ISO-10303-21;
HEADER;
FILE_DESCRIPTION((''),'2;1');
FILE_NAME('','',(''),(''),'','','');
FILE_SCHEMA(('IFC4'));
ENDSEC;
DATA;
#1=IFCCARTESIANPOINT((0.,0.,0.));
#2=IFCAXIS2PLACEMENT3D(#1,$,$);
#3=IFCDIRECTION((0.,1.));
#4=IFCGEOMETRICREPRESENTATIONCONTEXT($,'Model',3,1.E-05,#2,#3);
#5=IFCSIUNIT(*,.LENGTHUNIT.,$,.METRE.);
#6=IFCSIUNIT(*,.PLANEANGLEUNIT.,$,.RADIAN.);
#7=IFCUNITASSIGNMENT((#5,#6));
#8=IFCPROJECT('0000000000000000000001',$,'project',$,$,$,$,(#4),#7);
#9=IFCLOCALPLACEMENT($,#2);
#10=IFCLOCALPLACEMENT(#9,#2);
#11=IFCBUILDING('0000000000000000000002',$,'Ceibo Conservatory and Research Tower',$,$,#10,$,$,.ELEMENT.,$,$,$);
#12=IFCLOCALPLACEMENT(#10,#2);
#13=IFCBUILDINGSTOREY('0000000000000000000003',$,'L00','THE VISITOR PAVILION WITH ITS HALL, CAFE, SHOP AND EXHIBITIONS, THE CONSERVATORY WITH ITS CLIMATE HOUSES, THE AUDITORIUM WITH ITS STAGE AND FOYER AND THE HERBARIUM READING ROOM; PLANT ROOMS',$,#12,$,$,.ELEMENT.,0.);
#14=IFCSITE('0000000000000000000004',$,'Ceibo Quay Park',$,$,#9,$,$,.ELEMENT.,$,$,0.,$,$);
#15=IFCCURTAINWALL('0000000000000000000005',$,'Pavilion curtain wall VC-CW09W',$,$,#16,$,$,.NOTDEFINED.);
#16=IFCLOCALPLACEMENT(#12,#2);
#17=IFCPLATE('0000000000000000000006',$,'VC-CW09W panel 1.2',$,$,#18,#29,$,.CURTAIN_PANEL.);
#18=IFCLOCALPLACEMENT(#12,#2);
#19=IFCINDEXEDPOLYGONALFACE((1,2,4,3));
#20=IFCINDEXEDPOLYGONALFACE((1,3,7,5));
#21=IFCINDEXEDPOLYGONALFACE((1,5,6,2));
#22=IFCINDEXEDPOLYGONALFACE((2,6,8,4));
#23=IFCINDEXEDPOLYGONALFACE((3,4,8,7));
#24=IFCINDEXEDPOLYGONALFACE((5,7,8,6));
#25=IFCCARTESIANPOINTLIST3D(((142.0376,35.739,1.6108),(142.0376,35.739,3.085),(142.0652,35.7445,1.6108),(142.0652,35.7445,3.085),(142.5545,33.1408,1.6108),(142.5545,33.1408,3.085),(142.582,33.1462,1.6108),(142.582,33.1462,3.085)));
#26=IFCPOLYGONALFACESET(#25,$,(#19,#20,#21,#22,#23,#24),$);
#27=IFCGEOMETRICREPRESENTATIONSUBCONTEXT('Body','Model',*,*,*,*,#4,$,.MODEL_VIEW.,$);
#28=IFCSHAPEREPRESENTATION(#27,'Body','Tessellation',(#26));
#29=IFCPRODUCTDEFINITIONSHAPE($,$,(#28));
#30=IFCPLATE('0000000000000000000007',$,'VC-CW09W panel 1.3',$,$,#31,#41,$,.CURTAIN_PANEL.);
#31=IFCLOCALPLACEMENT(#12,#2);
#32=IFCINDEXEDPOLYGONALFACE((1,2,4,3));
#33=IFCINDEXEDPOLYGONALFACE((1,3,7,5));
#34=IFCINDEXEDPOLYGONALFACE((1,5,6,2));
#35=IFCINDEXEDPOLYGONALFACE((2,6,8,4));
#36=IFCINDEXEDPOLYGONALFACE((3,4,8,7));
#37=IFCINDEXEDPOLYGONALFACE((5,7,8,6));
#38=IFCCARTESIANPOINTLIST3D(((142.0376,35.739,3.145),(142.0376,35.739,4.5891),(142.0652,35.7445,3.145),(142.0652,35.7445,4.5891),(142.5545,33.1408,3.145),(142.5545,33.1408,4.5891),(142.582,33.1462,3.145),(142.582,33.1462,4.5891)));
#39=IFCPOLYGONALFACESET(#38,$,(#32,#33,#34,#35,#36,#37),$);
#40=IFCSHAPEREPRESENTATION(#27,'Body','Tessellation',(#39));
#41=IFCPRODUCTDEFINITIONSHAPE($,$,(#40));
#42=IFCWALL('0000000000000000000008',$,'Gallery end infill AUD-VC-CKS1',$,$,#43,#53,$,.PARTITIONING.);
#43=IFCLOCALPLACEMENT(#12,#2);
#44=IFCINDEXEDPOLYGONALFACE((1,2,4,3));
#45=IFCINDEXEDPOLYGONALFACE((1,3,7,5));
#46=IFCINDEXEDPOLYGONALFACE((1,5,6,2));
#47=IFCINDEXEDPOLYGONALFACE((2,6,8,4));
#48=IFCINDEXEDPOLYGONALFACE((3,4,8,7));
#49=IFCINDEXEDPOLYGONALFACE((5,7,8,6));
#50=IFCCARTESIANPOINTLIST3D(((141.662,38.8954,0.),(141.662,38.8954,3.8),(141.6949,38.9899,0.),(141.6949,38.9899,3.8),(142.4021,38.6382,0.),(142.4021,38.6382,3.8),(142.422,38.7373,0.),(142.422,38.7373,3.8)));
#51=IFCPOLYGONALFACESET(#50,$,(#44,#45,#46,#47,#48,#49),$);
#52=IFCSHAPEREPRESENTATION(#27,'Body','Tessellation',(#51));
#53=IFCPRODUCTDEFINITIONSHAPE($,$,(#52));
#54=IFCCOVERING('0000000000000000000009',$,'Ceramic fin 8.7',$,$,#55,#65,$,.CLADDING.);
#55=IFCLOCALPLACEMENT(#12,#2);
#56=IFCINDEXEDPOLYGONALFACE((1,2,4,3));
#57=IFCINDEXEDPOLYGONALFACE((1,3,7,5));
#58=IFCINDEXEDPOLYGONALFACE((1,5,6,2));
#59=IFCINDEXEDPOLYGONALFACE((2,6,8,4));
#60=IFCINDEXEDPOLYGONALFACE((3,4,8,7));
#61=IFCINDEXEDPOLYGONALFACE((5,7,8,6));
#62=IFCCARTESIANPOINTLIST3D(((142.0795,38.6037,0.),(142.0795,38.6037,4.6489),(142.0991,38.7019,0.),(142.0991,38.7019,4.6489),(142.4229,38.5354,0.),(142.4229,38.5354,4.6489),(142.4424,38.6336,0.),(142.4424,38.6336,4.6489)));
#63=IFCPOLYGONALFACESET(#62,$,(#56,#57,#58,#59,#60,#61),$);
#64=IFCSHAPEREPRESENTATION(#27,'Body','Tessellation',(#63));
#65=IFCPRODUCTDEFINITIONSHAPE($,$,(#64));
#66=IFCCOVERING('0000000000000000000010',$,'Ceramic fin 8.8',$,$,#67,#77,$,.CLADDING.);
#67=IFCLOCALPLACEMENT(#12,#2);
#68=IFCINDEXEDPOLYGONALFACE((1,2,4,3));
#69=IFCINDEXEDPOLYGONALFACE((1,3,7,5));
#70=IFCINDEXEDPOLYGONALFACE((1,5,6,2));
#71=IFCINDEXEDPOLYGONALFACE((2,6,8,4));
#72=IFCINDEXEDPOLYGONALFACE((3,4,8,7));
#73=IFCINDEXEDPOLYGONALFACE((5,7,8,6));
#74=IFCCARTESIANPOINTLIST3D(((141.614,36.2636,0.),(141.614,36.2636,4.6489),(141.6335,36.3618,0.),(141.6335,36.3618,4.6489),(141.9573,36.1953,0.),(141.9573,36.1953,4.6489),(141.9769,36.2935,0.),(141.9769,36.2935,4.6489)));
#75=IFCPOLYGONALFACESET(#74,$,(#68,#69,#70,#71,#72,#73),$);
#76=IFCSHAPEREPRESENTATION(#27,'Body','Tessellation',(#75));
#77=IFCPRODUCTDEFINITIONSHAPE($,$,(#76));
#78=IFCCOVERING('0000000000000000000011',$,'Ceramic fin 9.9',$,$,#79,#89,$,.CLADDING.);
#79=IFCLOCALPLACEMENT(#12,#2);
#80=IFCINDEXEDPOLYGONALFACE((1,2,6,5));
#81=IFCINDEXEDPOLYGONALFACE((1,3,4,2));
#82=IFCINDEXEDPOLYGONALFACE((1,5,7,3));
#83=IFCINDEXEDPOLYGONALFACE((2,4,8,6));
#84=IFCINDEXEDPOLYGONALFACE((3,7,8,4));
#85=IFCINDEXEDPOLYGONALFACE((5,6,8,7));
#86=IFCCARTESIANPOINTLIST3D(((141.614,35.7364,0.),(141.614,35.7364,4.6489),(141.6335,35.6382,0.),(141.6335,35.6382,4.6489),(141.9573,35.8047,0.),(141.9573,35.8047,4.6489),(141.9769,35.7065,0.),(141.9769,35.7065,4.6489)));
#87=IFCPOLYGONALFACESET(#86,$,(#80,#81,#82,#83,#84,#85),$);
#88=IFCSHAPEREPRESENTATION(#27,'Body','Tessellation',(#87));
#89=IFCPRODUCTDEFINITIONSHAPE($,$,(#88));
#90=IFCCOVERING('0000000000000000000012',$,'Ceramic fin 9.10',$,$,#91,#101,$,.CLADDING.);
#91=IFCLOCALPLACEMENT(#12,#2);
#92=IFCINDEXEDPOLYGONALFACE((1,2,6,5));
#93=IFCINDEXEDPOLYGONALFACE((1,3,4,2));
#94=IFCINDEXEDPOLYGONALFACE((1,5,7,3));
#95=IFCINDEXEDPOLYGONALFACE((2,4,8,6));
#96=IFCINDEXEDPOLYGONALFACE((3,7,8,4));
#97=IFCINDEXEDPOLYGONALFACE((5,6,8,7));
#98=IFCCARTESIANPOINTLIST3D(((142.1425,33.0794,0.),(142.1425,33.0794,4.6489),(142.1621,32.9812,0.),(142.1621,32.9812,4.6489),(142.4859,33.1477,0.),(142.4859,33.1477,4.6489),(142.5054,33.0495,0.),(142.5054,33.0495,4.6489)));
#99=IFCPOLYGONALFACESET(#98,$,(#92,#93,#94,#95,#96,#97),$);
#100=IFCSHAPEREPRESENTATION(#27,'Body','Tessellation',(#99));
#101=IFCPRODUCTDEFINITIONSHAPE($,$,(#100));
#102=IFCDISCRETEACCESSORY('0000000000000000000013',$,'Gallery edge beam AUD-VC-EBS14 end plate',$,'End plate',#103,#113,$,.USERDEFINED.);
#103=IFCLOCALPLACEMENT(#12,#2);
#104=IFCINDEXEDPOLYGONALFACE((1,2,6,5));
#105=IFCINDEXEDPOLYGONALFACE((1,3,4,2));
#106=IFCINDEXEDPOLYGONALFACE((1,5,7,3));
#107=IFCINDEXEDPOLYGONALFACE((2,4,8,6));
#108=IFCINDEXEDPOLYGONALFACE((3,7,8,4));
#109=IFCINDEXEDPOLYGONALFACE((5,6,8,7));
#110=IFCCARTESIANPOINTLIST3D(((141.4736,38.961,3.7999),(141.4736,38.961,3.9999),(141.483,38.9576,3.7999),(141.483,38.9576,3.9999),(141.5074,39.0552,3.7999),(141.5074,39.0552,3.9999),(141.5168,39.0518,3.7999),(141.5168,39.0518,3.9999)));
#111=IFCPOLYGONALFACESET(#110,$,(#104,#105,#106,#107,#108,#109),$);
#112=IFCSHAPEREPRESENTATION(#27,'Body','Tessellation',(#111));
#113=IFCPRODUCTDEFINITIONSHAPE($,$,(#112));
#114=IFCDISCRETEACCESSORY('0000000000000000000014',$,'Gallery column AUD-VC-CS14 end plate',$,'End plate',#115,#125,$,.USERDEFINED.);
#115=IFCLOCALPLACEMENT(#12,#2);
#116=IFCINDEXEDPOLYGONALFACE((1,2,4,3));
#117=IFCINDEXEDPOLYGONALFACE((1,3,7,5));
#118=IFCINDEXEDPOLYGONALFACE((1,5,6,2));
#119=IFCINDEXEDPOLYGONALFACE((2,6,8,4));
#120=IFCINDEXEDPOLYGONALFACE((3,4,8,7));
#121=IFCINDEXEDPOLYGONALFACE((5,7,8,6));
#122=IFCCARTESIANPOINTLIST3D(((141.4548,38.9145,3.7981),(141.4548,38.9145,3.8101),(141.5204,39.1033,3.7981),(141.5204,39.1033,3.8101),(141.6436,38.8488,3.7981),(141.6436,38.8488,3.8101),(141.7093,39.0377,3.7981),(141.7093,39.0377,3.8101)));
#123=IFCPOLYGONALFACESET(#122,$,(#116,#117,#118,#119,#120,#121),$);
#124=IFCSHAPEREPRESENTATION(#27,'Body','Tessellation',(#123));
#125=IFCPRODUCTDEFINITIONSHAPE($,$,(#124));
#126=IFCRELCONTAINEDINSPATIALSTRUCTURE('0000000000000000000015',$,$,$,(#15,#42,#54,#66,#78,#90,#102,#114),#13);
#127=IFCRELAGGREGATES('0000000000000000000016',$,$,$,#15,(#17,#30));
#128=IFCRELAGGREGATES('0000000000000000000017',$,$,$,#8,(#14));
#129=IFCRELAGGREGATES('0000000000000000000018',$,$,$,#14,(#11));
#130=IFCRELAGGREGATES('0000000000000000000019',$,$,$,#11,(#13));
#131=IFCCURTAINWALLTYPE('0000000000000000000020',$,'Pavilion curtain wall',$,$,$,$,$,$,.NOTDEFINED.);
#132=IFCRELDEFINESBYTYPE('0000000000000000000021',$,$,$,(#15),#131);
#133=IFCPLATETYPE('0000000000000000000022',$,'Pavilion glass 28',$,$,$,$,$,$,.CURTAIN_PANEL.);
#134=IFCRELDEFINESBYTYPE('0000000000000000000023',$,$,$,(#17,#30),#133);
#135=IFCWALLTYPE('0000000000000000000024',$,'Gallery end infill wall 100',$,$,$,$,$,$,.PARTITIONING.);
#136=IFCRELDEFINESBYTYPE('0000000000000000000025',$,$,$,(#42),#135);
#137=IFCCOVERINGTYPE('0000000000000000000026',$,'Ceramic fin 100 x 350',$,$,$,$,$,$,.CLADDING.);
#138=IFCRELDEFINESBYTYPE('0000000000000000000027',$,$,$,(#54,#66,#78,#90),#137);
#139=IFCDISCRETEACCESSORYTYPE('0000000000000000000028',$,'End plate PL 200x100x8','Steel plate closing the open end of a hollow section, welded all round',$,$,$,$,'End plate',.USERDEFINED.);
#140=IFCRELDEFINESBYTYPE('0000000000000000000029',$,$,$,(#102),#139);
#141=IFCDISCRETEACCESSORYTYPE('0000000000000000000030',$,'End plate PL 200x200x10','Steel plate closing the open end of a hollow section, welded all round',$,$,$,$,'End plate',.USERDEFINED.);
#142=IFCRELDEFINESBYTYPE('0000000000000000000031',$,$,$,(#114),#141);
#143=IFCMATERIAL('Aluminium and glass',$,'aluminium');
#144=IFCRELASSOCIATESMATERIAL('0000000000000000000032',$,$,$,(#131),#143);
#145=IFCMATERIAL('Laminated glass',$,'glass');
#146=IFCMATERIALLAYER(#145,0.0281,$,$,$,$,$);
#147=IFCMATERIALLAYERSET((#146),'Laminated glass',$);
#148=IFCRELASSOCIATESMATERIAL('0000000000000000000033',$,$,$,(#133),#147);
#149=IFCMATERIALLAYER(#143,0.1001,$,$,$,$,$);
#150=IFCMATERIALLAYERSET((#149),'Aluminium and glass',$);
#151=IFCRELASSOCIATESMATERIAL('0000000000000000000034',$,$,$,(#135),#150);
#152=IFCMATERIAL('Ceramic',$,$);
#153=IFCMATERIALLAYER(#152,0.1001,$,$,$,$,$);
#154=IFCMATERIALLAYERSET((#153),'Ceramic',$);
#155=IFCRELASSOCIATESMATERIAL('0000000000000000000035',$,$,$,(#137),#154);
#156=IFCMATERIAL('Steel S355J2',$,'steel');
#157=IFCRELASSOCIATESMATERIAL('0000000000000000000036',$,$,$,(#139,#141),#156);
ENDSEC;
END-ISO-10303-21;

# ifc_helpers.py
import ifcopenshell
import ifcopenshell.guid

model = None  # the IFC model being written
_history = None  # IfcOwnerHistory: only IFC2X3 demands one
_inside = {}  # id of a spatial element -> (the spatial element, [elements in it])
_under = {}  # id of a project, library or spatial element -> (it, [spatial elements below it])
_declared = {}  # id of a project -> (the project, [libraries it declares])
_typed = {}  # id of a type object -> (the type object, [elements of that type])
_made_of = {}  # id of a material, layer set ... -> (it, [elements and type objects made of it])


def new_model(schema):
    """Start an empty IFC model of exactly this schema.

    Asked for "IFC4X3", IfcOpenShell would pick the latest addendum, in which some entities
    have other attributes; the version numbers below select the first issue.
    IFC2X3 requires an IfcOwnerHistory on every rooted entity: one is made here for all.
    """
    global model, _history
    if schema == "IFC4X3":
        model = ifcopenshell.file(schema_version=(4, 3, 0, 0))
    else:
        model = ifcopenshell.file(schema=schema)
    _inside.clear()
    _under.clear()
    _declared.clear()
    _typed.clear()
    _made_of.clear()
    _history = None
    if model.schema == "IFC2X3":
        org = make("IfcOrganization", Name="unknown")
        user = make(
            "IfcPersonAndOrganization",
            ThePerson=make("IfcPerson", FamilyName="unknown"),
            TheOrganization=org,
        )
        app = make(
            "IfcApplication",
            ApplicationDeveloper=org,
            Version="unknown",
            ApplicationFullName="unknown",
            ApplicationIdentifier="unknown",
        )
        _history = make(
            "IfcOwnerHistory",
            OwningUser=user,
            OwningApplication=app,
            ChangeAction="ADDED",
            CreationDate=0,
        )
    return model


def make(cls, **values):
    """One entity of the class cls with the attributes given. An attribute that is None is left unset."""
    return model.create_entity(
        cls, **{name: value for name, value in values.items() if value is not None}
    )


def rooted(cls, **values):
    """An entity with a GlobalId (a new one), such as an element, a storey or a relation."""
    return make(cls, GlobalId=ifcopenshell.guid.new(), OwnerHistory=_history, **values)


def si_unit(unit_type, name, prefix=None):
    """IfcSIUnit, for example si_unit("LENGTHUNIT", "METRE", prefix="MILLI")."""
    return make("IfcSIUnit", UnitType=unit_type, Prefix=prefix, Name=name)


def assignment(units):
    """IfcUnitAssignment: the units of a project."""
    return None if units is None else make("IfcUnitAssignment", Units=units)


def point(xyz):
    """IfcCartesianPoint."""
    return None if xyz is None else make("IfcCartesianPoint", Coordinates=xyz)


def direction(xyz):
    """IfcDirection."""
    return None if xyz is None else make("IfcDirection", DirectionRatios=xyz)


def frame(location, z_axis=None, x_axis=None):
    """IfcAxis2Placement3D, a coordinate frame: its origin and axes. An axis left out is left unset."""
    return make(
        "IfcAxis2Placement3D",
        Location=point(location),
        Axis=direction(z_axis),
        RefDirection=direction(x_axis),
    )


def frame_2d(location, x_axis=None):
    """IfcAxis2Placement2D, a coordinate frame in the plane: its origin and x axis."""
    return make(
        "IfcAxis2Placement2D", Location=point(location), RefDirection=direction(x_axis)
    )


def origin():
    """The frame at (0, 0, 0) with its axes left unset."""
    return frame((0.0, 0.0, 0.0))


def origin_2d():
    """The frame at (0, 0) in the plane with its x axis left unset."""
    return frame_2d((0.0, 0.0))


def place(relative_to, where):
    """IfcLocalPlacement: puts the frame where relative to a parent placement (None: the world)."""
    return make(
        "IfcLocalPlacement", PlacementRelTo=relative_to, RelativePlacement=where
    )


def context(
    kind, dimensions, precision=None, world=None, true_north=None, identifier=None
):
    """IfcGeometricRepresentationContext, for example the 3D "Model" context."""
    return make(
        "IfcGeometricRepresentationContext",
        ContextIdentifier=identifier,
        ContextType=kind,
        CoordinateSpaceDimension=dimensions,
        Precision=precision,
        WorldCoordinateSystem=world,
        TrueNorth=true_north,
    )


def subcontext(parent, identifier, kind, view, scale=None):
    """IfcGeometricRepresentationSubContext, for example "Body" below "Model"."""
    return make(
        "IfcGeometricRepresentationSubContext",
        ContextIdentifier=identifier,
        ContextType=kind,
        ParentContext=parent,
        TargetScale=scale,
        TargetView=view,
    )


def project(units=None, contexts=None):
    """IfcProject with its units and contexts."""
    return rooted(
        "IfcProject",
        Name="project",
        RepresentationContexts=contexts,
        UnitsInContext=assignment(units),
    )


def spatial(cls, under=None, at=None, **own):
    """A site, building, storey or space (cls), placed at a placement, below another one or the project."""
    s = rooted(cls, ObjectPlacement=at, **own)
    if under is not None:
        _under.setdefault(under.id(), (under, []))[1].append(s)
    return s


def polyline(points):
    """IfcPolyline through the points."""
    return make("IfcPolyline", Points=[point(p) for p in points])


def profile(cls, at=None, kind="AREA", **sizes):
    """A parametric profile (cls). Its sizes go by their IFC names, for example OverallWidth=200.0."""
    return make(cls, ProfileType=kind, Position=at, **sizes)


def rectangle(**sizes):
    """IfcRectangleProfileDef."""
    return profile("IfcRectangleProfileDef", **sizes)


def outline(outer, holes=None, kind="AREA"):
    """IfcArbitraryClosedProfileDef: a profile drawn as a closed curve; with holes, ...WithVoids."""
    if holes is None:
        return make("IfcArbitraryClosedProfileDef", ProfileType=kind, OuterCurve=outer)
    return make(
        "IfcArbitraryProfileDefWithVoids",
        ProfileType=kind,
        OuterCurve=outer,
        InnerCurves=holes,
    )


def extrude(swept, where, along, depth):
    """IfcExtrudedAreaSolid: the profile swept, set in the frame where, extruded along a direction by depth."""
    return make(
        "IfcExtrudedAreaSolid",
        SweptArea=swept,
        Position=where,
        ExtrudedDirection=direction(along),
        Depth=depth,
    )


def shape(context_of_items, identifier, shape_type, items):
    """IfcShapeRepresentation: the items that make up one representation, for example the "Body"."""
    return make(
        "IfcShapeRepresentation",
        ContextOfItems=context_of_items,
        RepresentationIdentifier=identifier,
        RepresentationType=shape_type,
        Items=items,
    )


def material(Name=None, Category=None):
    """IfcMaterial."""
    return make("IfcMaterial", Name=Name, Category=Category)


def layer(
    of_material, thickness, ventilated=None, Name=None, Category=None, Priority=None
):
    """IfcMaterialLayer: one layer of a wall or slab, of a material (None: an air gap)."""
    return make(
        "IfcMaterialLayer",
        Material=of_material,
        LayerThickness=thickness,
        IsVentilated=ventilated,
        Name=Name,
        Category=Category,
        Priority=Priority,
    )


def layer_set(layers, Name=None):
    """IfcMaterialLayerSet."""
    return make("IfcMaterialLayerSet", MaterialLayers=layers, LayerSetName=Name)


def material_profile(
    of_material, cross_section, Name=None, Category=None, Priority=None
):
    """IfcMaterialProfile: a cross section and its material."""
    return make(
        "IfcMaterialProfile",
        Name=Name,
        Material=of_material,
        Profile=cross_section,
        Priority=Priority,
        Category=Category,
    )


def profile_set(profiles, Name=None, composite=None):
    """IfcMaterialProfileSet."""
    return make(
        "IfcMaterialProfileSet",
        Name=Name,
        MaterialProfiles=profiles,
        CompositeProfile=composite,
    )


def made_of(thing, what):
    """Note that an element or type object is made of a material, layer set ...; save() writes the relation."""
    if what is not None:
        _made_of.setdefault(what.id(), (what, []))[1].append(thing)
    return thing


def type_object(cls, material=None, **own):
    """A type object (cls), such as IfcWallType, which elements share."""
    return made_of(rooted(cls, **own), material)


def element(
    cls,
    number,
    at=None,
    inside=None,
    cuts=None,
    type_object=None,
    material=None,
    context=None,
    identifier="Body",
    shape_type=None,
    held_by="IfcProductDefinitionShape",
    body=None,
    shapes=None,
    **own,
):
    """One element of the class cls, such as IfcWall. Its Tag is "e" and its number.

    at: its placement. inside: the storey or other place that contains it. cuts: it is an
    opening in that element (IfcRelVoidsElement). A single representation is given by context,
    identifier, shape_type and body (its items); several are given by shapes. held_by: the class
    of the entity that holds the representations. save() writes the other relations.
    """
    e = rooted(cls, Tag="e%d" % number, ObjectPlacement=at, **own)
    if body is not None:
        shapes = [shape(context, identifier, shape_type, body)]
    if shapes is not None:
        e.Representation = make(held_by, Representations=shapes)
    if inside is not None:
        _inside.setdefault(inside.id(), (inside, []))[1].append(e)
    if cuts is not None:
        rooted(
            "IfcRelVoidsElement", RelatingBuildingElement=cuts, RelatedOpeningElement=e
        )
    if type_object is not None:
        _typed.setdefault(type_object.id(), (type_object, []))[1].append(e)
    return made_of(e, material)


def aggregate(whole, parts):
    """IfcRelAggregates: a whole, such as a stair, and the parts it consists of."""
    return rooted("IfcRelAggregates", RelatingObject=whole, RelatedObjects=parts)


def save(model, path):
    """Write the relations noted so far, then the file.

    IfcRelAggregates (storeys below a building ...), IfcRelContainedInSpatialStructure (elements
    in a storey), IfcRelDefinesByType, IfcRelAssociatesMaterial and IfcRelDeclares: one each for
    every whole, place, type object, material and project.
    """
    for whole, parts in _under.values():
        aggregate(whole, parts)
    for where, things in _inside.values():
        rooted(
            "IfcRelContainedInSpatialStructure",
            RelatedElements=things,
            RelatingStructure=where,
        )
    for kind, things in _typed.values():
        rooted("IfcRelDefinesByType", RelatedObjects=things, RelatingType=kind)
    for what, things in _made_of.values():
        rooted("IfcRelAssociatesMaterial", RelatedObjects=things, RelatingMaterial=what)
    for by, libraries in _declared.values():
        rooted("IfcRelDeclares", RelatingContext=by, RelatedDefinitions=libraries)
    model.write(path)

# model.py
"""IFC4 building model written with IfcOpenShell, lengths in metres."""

from ifc_helpers import new_model, si_unit, direction, frame, origin, origin_2d, place, context, subcontext, project, spatial, polyline, rectangle, outline, extrude, material, layer, layer_set, material_profile, profile_set, type_object, element, aggregate, save


model = new_model("IFC4")

# Units and contexts
model_context = context("Model", 3, precision=1e-05, world=origin(), true_north=direction((0.0, 1.0)))
body_context = subcontext(model_context, "Body", "Model", "MODEL_VIEW")
ifc_project = project(units=[si_unit("LENGTHUNIT", "METRE"), si_unit("PLANEANGLEUNIT", "RADIAN")], contexts=[model_context])

# Site, building, storey
site_placement = place(None, origin())
site = spatial("IfcSite", under=ifc_project, at=site_placement, Name="Ceibo Quay Park", CompositionType="ELEMENT", RefElevation=0.0)
building_placement = place(site_placement, origin())
building = spatial("IfcBuilding", under=site, at=building_placement, Name="Ceibo Conservatory and Research Tower", CompositionType="ELEMENT")
storey_placement = place(building_placement, origin())
storey = spatial("IfcBuildingStorey", under=building, at=storey_placement, Name="L00", Description="THE VISITOR PAVILION WITH ITS HALL, CAFE, SHOP AND EXHIBITIONS, THE CONSERVATORY WITH ITS CLIMATE HOUSES, THE AUDITORIUM WITH ITS STAGE AND FOYER AND THE HERBARIUM READING ROOM; PLANT ROOMS", CompositionType="ELEMENT", Elevation=0.0)

# Curtain wall
ifc_material_1 = material(Name="Aluminium and glass", Category="aluminium")
curtain_wall_type_1 = type_object("IfcCurtainWallType", Name="Pavilion curtain wall", PredefinedType="NOTDEFINED", material=ifc_material_1)
curtain_wall_1_placement = place(storey_placement, origin())
curtain_wall_1 = element("IfcCurtainWall", 1, at=curtain_wall_1_placement, inside=storey, type_object=curtain_wall_type_1, Name="Pavilion curtain wall VC-CW09W", PredefinedType="NOTDEFINED")

# Shared definitions
ifc_material_2 = material(Name="Steel S355J2", Category="steel")

# Plates
ifc_material_3 = material(Name="Laminated glass", Category="glass")
ifc_layer_1 = layer(ifc_material_3, 0.0281)
ifc_layer_set_1 = layer_set([ifc_layer_1], Name="Laminated glass")
plate_type_1 = type_object("IfcPlateType", Name="Pavilion glass 28", PredefinedType="CURTAIN_PANEL", material=ifc_layer_set_1)
plate_1_placement = place(storey_placement, frame((142.3098, 34.4426, 1.6108), z_axis=(0.0, 0.0, 1.0), x_axis=(0.19509, -0.980785, 0.0)))
plate_1 = element("IfcPlate", 2, at=plate_1_placement, type_object=plate_type_1, Name="VC-CW09W panel 1.2", PredefinedType="CURTAIN_PANEL", context=body_context, shape_type="SweptSolid", body=[
    extrude(rectangle(XDim=2.6492, YDim=0.0281, at=origin_2d()), origin(), (0.0, 0.0, 1.0), 1.4741),
])
plate_2_placement = place(storey_placement, frame((142.3098, 34.4426, 3.145), z_axis=(0.0, 0.0, 1.0), x_axis=(0.19509, -0.980785, 0.0)))
plate_2 = element("IfcPlate", 3, at=plate_2_placement, type_object=plate_type_1, Name="VC-CW09W panel 1.3", PredefinedType="CURTAIN_PANEL", context=body_context, shape_type="SweptSolid", body=[
    extrude(rectangle(XDim=2.6492, YDim=0.0281, at=origin_2d()), origin(), (0.0, 0.0, 1.0), 1.4441),
])
aggregate(curtain_wall_1, [plate_1, plate_2])

# Wall
ifc_layer_2 = layer(ifc_material_1, 0.1001)
ifc_layer_set_2 = layer_set([ifc_layer_2], Name="Aluminium and glass")
wall_type = type_object("IfcWallType", Name="Gallery end infill wall 100", PredefinedType="PARTITIONING", material=ifc_layer_set_2)
wall_placement = place(storey_placement, frame((141.6785, 38.9426, 0.0), z_axis=(0.0, 0.0, 1.0), x_axis=(0.944615, -0.328179, 0.0)))
element("IfcWall", 4, at=wall_placement, inside=storey, type_object=wall_type, Name="Gallery end infill AUD-VC-CKS1", PredefinedType="PARTITIONING", context=body_context, shape_type="SweptSolid", body=[
    extrude(outline(polyline([(0.0, -0.05), (0.7834, -0.05), (0.7698, 0.05), (0.0, 0.05), (0.0, -0.05)])), origin(), (0.0, 0.0, 1.0), 3.8),
])

# Coverings
ifc_material_4 = material(Name="Ceramic")
ifc_layer_3 = layer(ifc_material_4, 0.1001)
ifc_layer_set_3 = layer_set([ifc_layer_3], Name="Ceramic")
covering_type = type_object("IfcCoveringType", Name="Ceramic fin 100 x 350", PredefinedType="CLADDING", material=ifc_layer_set_3)
for number, where, z_axis, x_axis, name in (
    (5, (142.261, 38.6187, 0.0), (0.0, 0.0, 1.0), (0.19509, 0.980785, 0.0), "Ceramic fin 8.7"),
    (6, (141.7954, 36.2786, 0.0), (0.0, 0.0, 1.0), (0.19509, 0.980785, 0.0), "Ceramic fin 8.8"),
    (7, (141.7954, 35.7214, 0.0), (0.0, 0.0, 1.0), (-0.19509, 0.980785, 0.0), "Ceramic fin 9.9"),
    (8, (142.324, 33.0645, 0.0), (0.0, 0.0, 1.0), (-0.19509, 0.980785, 0.0), "Ceramic fin 9.10"),
):
    element("IfcCovering", number, at=place(storey_placement, frame(where, z_axis=z_axis, x_axis=x_axis)), inside=storey, type_object=covering_type, Name=name, PredefinedType="CLADDING", context=body_context, shape_type="SweptSolid", body=[
        extrude(rectangle(XDim=0.1001, YDim=0.3501, at=origin_2d()), origin(), (0.0, 0.0, 1.0), 4.6489),
    ])

# Discrete accessories
ifc_material_profile_1 = material_profile(ifc_material_2, rectangle(XDim=0.1001, YDim=0.2, at=origin_2d()), Name="End plate PL 200x100x8")
ifc_profile_set_1 = profile_set([ifc_material_profile_1], Name="Steel S355J2")
discrete_accessory_type_1 = type_object("IfcDiscreteAccessoryType", Name="End plate PL 200x100x8", Description="Steel plate closing the open end of a hollow section, welded all round", ElementType="End plate", PredefinedType="USERDEFINED", material=ifc_profile_set_1)
discrete_accessory_1_placement = place(storey_placement, frame((141.4905, 39.0081, 3.8999), z_axis=(0.941195, -0.337865, 0.0), x_axis=(0.337865, 0.941195, 0.0)))
element("IfcDiscreteAccessory", 9, at=discrete_accessory_1_placement, inside=storey, type_object=discrete_accessory_type_1, Name="Gallery edge beam AUD-VC-EBS14 end plate", ObjectType="End plate", PredefinedType="USERDEFINED", context=body_context, shape_type="SweptSolid", body=[
    extrude(rectangle(XDim=0.1001, YDim=0.2, at=origin_2d()), origin(), (0.0, 0.0, 1.0), 0.01),
])
ifc_material_profile_2 = material_profile(ifc_material_2, rectangle(XDim=0.2, YDim=0.2, at=origin_2d()), Name="End plate PL 200x200x10")
ifc_profile_set_2 = profile_set([ifc_material_profile_2], Name="Steel S355J2")
discrete_accessory_type_2 = type_object("IfcDiscreteAccessoryType", Name="End plate PL 200x200x10", Description="Steel plate closing the open end of a hollow section, welded all round", ElementType="End plate", PredefinedType="USERDEFINED", material=ifc_profile_set_2)
discrete_accessory_2_placement = place(storey_placement, frame((141.582, 38.9761, 3.7981), z_axis=(0.0, 0.0, 1.0), x_axis=(0.944579, -0.328284, 0.0)))
element("IfcDiscreteAccessory", 10, at=discrete_accessory_2_placement, inside=storey, type_object=discrete_accessory_type_2, Name="Gallery column AUD-VC-CS14 end plate", ObjectType="End plate", PredefinedType="USERDEFINED", context=body_context, shape_type="SweptSolid", body=[
    extrude(rectangle(XDim=0.2, YDim=0.2, at=origin_2d()), origin(), (0.0, 0.0, 1.0), 0.012),
])

save(model, "model.ifc")
